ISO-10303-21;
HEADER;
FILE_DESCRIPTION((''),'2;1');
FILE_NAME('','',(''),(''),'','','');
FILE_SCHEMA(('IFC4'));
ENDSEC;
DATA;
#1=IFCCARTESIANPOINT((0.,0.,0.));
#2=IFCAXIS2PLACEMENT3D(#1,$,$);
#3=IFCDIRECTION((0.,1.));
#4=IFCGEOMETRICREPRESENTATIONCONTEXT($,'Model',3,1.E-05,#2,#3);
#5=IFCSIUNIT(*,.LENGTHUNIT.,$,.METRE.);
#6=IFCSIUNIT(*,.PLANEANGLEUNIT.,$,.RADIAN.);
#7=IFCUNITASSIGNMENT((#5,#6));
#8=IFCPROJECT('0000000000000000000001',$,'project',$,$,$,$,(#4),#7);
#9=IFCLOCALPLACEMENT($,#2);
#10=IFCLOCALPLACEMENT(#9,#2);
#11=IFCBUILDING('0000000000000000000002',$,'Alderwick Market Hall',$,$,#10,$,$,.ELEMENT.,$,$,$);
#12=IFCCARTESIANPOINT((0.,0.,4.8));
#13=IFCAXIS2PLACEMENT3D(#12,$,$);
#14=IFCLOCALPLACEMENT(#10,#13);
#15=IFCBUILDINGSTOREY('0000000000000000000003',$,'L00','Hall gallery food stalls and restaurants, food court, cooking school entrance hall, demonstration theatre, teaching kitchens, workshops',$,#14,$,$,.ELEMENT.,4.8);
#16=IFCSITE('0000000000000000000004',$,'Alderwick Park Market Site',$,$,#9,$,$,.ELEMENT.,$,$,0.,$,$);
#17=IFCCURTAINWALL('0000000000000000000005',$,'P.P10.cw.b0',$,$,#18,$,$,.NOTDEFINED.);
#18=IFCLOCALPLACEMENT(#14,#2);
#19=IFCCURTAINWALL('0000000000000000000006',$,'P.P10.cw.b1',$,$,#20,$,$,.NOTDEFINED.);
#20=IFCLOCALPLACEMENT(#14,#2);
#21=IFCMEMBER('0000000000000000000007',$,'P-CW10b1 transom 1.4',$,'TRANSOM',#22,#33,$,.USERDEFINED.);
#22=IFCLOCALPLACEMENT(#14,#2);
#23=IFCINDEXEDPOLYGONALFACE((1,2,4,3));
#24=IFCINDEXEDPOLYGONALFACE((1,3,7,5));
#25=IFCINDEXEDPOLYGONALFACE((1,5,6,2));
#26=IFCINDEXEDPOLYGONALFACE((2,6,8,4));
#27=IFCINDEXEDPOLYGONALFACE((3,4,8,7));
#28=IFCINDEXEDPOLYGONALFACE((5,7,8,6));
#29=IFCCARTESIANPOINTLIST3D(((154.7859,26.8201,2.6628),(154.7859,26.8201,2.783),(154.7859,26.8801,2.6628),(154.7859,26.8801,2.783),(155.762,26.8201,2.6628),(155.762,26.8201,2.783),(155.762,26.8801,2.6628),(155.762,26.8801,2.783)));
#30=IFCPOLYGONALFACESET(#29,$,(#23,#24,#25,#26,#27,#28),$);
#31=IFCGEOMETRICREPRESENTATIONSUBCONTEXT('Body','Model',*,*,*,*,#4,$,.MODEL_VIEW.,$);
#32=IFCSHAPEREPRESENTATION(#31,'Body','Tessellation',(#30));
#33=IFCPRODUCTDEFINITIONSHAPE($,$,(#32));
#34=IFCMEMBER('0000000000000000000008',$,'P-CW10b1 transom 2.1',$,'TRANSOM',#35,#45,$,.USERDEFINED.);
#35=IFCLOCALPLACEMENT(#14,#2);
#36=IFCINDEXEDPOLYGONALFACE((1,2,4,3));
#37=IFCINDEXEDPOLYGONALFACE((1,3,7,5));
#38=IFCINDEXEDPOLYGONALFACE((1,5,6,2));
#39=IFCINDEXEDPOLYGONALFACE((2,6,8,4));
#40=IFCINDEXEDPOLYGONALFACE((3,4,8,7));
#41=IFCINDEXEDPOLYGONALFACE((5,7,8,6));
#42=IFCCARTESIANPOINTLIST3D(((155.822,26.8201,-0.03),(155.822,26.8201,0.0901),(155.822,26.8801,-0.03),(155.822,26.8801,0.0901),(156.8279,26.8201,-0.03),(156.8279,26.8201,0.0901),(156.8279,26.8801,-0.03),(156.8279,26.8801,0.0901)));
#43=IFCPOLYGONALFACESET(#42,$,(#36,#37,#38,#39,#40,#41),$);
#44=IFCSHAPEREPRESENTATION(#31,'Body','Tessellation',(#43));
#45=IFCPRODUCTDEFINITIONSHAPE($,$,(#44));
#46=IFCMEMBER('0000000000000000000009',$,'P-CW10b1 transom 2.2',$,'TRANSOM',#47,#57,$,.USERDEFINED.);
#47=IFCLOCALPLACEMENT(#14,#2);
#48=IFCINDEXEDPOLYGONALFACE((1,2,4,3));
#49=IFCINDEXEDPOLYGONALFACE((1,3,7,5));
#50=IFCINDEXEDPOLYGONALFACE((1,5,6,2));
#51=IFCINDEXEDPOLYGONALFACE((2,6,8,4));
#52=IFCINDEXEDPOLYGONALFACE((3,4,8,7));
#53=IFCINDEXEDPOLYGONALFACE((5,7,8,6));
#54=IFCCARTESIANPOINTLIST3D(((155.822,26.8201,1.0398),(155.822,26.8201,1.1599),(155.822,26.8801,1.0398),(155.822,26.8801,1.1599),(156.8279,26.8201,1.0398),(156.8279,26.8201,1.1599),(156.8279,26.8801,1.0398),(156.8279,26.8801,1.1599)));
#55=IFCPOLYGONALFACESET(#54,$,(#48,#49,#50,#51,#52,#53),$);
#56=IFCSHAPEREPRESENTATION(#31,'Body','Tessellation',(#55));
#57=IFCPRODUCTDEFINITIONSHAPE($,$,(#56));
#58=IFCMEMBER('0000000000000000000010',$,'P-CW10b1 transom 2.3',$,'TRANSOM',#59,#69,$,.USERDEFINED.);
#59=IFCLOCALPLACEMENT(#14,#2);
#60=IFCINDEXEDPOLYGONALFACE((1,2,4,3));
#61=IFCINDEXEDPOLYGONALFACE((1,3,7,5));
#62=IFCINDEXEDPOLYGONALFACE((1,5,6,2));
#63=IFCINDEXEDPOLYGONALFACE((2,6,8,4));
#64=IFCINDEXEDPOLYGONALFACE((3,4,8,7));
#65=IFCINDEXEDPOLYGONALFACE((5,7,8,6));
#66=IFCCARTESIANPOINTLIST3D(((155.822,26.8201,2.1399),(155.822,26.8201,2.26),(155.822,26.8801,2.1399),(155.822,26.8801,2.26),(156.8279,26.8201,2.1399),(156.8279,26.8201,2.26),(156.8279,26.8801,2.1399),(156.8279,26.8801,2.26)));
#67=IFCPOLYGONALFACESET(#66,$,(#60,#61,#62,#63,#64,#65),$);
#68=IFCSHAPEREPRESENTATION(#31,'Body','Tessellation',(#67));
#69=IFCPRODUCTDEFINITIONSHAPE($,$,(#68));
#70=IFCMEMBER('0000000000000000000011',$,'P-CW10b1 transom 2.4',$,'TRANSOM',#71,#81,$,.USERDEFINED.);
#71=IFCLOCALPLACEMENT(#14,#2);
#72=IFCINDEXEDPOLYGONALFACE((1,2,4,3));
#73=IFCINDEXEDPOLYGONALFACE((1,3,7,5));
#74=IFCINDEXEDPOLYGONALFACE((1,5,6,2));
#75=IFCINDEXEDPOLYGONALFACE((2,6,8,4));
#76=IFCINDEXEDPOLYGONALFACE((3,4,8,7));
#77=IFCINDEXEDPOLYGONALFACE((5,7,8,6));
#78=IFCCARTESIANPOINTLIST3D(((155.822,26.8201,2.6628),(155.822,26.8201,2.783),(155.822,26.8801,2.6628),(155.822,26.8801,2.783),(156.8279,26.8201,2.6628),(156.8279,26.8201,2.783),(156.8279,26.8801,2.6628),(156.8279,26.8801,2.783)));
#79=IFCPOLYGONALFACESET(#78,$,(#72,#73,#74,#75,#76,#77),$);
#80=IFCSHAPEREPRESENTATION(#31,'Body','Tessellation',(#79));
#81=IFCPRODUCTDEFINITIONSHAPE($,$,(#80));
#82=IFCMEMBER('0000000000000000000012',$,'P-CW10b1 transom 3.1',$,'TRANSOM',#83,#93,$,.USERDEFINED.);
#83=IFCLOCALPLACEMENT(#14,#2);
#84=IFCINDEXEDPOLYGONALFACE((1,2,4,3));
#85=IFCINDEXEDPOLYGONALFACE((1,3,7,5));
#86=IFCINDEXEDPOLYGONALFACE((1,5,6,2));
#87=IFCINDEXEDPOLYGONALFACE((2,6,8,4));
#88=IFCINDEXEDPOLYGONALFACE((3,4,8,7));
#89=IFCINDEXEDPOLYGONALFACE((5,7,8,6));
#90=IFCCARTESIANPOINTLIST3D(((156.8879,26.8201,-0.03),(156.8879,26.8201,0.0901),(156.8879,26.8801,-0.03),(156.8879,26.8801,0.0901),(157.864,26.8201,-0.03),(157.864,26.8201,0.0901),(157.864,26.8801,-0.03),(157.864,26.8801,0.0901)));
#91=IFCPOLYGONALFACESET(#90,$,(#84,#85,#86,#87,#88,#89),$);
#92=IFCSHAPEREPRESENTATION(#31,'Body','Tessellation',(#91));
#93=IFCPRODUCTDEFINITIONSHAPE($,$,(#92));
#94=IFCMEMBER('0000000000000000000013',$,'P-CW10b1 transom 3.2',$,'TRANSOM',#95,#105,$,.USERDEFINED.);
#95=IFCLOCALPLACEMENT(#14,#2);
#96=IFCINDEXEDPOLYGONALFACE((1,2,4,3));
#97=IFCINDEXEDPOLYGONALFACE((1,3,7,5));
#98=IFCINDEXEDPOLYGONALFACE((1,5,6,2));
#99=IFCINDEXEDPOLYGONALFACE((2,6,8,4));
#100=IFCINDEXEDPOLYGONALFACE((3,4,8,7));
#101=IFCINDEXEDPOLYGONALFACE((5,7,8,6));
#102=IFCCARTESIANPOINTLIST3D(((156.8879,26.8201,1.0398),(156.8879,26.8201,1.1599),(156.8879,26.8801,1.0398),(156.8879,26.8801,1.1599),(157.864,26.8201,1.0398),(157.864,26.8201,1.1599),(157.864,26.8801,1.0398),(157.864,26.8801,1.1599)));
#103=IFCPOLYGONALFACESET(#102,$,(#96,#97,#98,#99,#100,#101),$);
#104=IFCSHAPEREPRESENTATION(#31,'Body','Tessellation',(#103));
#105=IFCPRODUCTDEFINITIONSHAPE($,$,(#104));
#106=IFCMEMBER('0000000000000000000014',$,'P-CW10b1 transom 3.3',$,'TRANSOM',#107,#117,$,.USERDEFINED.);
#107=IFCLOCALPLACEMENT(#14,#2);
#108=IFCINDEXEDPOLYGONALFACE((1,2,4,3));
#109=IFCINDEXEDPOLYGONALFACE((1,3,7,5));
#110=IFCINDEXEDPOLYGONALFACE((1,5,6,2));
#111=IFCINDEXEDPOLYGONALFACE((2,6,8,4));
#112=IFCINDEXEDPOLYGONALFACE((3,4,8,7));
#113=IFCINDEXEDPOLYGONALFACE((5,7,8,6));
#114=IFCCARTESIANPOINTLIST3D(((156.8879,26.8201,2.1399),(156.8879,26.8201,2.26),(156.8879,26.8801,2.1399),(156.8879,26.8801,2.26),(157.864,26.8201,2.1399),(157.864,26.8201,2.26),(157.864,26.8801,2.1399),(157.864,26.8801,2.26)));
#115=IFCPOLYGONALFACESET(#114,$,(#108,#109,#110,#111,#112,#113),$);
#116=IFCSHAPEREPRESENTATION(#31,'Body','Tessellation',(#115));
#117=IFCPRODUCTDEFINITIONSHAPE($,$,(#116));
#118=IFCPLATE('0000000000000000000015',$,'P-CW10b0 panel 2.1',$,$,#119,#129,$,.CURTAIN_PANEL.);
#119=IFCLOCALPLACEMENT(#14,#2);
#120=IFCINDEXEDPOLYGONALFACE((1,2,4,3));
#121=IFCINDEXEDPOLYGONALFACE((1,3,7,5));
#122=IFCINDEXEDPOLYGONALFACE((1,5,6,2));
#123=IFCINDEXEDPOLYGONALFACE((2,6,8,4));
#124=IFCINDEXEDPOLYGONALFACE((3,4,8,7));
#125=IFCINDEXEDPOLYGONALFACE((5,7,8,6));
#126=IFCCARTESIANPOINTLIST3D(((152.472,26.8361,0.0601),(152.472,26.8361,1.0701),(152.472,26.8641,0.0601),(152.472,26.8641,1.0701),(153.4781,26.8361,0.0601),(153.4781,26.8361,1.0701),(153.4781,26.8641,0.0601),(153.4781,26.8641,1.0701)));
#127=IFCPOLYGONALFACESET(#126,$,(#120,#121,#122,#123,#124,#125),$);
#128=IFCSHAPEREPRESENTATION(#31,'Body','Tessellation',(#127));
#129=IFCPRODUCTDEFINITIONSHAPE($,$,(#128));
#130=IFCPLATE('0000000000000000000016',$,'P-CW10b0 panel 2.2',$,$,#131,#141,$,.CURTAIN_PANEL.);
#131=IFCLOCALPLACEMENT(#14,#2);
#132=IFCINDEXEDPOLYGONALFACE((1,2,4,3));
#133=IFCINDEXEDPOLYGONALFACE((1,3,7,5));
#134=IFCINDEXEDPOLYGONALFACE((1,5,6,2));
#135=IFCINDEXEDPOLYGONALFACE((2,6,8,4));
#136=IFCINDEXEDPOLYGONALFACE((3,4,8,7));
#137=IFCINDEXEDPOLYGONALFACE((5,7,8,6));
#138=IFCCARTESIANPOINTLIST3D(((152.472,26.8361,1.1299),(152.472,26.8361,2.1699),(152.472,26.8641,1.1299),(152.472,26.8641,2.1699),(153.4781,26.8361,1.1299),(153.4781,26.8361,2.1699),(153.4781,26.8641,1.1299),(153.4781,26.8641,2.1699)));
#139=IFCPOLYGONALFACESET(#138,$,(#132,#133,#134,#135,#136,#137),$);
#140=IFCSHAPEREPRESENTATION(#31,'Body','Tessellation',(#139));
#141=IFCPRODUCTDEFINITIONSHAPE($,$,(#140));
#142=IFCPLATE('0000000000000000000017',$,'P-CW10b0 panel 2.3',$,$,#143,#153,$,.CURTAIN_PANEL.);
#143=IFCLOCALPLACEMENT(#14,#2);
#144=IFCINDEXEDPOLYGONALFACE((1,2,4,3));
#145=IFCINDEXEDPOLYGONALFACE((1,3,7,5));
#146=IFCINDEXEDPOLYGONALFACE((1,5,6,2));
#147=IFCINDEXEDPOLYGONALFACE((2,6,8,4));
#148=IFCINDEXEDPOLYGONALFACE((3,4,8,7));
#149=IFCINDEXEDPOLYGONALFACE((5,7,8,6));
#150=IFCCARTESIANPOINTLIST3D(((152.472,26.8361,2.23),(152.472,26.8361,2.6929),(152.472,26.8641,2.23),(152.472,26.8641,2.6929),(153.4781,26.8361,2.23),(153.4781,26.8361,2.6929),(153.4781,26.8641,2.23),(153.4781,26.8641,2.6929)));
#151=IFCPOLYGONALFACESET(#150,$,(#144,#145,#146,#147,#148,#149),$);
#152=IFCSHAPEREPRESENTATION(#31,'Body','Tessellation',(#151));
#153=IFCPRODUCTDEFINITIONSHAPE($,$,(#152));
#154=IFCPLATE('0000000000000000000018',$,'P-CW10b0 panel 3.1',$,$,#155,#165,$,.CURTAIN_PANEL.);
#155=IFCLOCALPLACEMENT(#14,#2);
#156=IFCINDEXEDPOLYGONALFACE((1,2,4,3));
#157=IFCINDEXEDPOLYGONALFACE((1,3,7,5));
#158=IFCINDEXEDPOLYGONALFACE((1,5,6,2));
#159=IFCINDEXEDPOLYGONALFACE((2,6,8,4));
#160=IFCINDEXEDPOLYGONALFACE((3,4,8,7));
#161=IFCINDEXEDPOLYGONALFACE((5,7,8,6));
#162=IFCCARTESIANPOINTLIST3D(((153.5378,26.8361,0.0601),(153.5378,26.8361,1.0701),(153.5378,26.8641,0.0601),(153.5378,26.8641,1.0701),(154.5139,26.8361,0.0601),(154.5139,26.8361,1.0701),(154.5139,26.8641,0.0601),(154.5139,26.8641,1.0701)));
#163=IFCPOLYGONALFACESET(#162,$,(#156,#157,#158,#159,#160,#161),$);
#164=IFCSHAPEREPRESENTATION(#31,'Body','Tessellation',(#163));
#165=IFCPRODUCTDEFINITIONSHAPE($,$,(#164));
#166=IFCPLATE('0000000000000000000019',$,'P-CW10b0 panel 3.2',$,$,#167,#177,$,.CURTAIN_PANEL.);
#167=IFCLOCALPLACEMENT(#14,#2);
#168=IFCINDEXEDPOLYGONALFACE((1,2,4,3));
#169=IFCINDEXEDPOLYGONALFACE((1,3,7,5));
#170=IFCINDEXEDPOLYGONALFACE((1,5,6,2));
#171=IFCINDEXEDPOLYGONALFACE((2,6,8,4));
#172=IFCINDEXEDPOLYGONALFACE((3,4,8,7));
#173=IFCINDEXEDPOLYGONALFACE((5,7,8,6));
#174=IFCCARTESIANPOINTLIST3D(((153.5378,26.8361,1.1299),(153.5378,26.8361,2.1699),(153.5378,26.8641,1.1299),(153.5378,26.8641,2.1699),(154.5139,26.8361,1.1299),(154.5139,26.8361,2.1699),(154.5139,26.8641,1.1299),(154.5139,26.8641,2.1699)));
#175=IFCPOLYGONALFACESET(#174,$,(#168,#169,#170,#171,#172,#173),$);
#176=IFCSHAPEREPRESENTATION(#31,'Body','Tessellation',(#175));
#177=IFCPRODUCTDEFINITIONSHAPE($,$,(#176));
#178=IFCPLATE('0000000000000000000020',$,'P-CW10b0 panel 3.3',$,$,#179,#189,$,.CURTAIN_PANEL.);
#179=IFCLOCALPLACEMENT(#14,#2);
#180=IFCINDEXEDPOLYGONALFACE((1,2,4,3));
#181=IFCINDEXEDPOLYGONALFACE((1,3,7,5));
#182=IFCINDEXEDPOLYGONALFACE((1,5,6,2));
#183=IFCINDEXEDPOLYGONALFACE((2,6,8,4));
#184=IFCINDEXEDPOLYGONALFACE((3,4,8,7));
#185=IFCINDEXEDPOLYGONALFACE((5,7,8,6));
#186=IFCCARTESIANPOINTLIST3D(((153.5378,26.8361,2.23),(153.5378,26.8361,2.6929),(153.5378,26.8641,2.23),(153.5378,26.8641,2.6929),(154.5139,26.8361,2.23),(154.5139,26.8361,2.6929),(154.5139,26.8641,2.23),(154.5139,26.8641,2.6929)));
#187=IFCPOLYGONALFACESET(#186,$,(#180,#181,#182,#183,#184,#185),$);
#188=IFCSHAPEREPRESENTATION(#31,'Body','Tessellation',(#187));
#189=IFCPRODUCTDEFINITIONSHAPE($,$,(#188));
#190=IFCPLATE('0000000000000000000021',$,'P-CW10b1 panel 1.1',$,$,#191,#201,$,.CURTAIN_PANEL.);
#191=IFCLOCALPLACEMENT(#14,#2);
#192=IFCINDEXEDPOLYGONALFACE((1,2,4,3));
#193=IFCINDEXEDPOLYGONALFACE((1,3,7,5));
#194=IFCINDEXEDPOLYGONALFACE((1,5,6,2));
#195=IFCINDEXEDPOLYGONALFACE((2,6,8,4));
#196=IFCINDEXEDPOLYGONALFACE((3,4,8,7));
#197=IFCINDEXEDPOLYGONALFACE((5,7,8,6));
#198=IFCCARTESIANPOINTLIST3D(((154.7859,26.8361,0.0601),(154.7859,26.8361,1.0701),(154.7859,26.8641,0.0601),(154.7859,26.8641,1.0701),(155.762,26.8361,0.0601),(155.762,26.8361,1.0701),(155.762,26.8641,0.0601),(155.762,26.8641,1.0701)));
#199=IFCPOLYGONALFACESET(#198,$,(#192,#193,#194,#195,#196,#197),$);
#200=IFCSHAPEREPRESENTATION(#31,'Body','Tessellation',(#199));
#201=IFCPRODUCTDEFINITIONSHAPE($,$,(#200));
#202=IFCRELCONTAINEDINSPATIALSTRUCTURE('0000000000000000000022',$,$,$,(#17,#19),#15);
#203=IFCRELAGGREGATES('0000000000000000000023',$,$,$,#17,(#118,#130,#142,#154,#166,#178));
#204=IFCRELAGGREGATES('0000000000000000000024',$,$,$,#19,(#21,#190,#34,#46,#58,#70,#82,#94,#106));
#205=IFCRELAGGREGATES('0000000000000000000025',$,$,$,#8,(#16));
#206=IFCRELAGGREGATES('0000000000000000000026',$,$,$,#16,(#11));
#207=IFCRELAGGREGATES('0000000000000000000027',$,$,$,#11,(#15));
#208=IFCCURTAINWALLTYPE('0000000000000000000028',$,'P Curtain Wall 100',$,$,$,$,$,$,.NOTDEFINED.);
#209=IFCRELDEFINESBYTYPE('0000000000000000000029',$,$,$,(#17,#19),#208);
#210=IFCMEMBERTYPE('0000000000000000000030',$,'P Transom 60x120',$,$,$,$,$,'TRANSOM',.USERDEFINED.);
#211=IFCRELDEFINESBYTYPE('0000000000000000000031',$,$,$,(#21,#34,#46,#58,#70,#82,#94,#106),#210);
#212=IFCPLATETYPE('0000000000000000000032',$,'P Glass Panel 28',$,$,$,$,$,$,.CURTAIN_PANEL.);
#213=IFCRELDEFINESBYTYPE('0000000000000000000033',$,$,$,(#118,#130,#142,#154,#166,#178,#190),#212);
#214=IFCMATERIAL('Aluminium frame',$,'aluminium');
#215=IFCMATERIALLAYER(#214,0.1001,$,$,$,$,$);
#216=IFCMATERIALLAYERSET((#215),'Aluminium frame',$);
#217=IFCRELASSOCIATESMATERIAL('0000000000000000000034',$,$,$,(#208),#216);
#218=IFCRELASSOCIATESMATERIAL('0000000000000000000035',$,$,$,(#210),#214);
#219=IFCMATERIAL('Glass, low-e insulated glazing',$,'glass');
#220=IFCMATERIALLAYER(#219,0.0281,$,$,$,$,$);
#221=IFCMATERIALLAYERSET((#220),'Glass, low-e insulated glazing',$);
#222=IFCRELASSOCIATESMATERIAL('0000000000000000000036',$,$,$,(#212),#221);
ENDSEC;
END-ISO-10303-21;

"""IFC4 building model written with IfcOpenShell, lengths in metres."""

from ifc_helpers import new_model, si_unit, direction, frame, origin, origin_2d, place, context, subcontext, project, spatial, rectangle, extrude, material, layer, layer_set, material_profile, profile_set, type_object, element, aggregate, save


model = new_model("IFC4")

# Units and contexts
model_context = context("Model", 3, precision=1e-05, world=origin(), true_north=direction((0.0, 1.0)))
body_context = subcontext(model_context, "Body", "Model", "MODEL_VIEW")
ifc_project = project(units=[si_unit("LENGTHUNIT", "METRE"), si_unit("PLANEANGLEUNIT", "RADIAN")], contexts=[model_context])

# Site, building, storey
site_placement = place(None, origin())
site = spatial("IfcSite", under=ifc_project, at=site_placement, Name="Alderwick Park Market Site", CompositionType="ELEMENT", RefElevation=0.0)
building_placement = place(site_placement, origin())
building = spatial("IfcBuilding", under=site, at=building_placement, Name="Alderwick Market Hall", CompositionType="ELEMENT")
storey_placement = place(building_placement, frame((0.0, 0.0, 4.8)))
storey = spatial("IfcBuildingStorey", under=building, at=storey_placement, Name="L00", Description="Hall gallery food stalls and restaurants, food court, cooking school entrance hall, demonstration theatre, teaching kitchens, workshops", CompositionType="ELEMENT", Elevation=4.8)

# Curtain walls
ifc_material_1 = material(Name="Aluminium frame", Category="aluminium")
ifc_layer_1 = layer(ifc_material_1, 0.1001)
ifc_layer_set_1 = layer_set([ifc_layer_1], Name="Aluminium frame")
curtain_wall_type = type_object("IfcCurtainWallType", Name="P Curtain Wall 100", PredefinedType="NOTDEFINED", material=ifc_layer_set_1)
curtain_wall_1_placement = place(storey_placement, origin())
curtain_wall_1 = element("IfcCurtainWall", 1, at=curtain_wall_1_placement, inside=storey, type_object=curtain_wall_type, Name="P.P10.cw.b0", PredefinedType="NOTDEFINED")
curtain_wall_2_placement = place(storey_placement, origin())
curtain_wall_2 = element("IfcCurtainWall", 2, at=curtain_wall_2_placement, inside=storey, type_object=curtain_wall_type, Name="P.P10.cw.b1", PredefinedType="NOTDEFINED")

# Members
ifc_material_profile_1 = material_profile(ifc_material_1, rectangle(XDim=0.0601, YDim=0.1201, at=origin_2d()), Name="P Transom 60x120")
ifc_profile_set_1 = profile_set([ifc_material_profile_1], Name="Aluminium frame")
member_type_1 = type_object("IfcMemberType", Name="P Transom 60x120", ElementType="TRANSOM", PredefinedType="USERDEFINED", material=ifc_profile_set_1)
member_1_placement = place(storey_placement, frame((154.7859, 26.8501, 2.7229), z_axis=(1.0, 0.0, 0.0), x_axis=(0.0, 1.0, 0.0)))
member_1 = element("IfcMember", 3, at=member_1_placement, type_object=member_type_1, Name="P-CW10b1 transom 1.4", ObjectType="TRANSOM", PredefinedType="USERDEFINED", context=body_context, shape_type="SweptSolid", body=[
    extrude(rectangle(XDim=0.0601, YDim=0.1201, at=origin_2d()), origin(), (0.0, 0.0, 1.0), 0.9761),
])
member_2_placement = place(storey_placement, frame((155.822, 26.8501, 0.03), z_axis=(1.0, 0.0, 0.0), x_axis=(0.0, 1.0, 0.0)))
member_2 = element("IfcMember", 4, at=member_2_placement, type_object=member_type_1, Name="P-CW10b1 transom 2.1", ObjectType="TRANSOM", PredefinedType="USERDEFINED", context=body_context, shape_type="SweptSolid", body=[
    extrude(rectangle(XDim=0.0601, YDim=0.1201, at=origin_2d()), origin(), (0.0, 0.0, 1.0), 1.0059),
])
member_3_placement = place(storey_placement, frame((155.822, 26.8501, 1.0999), z_axis=(1.0, 0.0, 0.0), x_axis=(0.0, 1.0, 0.0)))
member_3 = element("IfcMember", 5, at=member_3_placement, type_object=member_type_1, Name="P-CW10b1 transom 2.2", ObjectType="TRANSOM", PredefinedType="USERDEFINED", context=body_context, shape_type="SweptSolid", body=[
    extrude(rectangle(XDim=0.0601, YDim=0.1201, at=origin_2d()), origin(), (0.0, 0.0, 1.0), 1.0059),
])
member_4_placement = place(storey_placement, frame((155.822, 26.8501, 2.2), z_axis=(1.0, 0.0, 0.0), x_axis=(0.0, 1.0, 0.0)))
member_4 = element("IfcMember", 6, at=member_4_placement, type_object=member_type_1, Name="P-CW10b1 transom 2.3", ObjectType="TRANSOM", PredefinedType="USERDEFINED", context=body_context, shape_type="SweptSolid", body=[
    extrude(rectangle(XDim=0.0601, YDim=0.1201, at=origin_2d()), origin(), (0.0, 0.0, 1.0), 1.0059),
])
member_5_placement = place(storey_placement, frame((155.822, 26.8501, 2.7229), z_axis=(1.0, 0.0, 0.0), x_axis=(0.0, 1.0, 0.0)))
member_5 = element("IfcMember", 7, at=member_5_placement, type_object=member_type_1, Name="P-CW10b1 transom 2.4", ObjectType="TRANSOM", PredefinedType="USERDEFINED", context=body_context, shape_type="SweptSolid", body=[
    extrude(rectangle(XDim=0.0601, YDim=0.1201, at=origin_2d()), origin(), (0.0, 0.0, 1.0), 1.0059),
])
member_6_placement = place(storey_placement, frame((156.8879, 26.8501, 0.03), z_axis=(1.0, 0.0, 0.0), x_axis=(0.0, 1.0, 0.0)))
member_6 = element("IfcMember", 8, at=member_6_placement, type_object=member_type_1, Name="P-CW10b1 transom 3.1", ObjectType="TRANSOM", PredefinedType="USERDEFINED", context=body_context, shape_type="SweptSolid", body=[
    extrude(rectangle(XDim=0.0601, YDim=0.1201, at=origin_2d()), origin(), (0.0, 0.0, 1.0), 0.9761),
])
member_7_placement = place(storey_placement, frame((156.8879, 26.8501, 1.0999), z_axis=(1.0, 0.0, 0.0), x_axis=(0.0, 1.0, 0.0)))
member_7 = element("IfcMember", 9, at=member_7_placement, type_object=member_type_1, Name="P-CW10b1 transom 3.2", ObjectType="TRANSOM", PredefinedType="USERDEFINED", context=body_context, shape_type="SweptSolid", body=[
    extrude(rectangle(XDim=0.0601, YDim=0.1201, at=origin_2d()), origin(), (0.0, 0.0, 1.0), 0.9761),
])
member_8_placement = place(storey_placement, frame((156.8879, 26.8501, 2.2), z_axis=(1.0, 0.0, 0.0), x_axis=(0.0, 1.0, 0.0)))
member_8 = element("IfcMember", 10, at=member_8_placement, type_object=member_type_1, Name="P-CW10b1 transom 3.3", ObjectType="TRANSOM", PredefinedType="USERDEFINED", context=body_context, shape_type="SweptSolid", body=[
    extrude(rectangle(XDim=0.0601, YDim=0.1201, at=origin_2d()), origin(), (0.0, 0.0, 1.0), 0.9761),
])

# Plates
ifc_material_2 = material(Name="Glass, low-e insulated glazing", Category="glass")
ifc_layer_2 = layer(ifc_material_2, 0.0281)
ifc_layer_set_2 = layer_set([ifc_layer_2], Name="Glass, low-e insulated glazing")
plate_type = type_object("IfcPlateType", Name="P Glass Panel 28", PredefinedType="CURTAIN_PANEL", material=ifc_layer_set_2)
plate_1_placement = place(storey_placement, frame((152.9751, 26.8501, 0.0601), z_axis=(0.0, 0.0, 1.0), x_axis=(1.0, 0.0, 0.0)))
plate_1 = element("IfcPlate", 11, at=plate_1_placement, type_object=plate_type, Name="P-CW10b0 panel 2.1", PredefinedType="CURTAIN_PANEL", context=body_context, shape_type="SweptSolid", body=[
    extrude(rectangle(XDim=1.0061, YDim=0.0281, at=origin_2d()), origin(), (0.0, 0.0, 1.0), 1.01),
])
plate_2_placement = place(storey_placement, frame((152.9751, 26.8501, 1.1299), z_axis=(0.0, 0.0, 1.0), x_axis=(1.0, 0.0, 0.0)))
plate_2 = element("IfcPlate", 12, at=plate_2_placement, type_object=plate_type, Name="P-CW10b0 panel 2.2", PredefinedType="CURTAIN_PANEL", context=body_context, shape_type="SweptSolid", body=[
    extrude(rectangle(XDim=1.0061, YDim=0.0281, at=origin_2d()), origin(), (0.0, 0.0, 1.0), 1.04),
])
plate_3_placement = place(storey_placement, frame((152.9751, 26.8501, 2.23), z_axis=(0.0, 0.0, 1.0), x_axis=(1.0, 0.0, 0.0)))
plate_3 = element("IfcPlate", 13, at=plate_3_placement, type_object=plate_type, Name="P-CW10b0 panel 2.3", PredefinedType="CURTAIN_PANEL", context=body_context, shape_type="SweptSolid", body=[
    extrude(rectangle(XDim=1.0061, YDim=0.0281, at=origin_2d()), origin(), (0.0, 0.0, 1.0), 0.4629),
])
plate_4_placement = place(storey_placement, frame((154.0259, 26.8501, 0.0601), z_axis=(0.0, 0.0, 1.0), x_axis=(1.0, 0.0, 0.0)))
plate_4 = element("IfcPlate", 14, at=plate_4_placement, type_object=plate_type, Name="P-CW10b0 panel 3.1", PredefinedType="CURTAIN_PANEL", context=body_context, shape_type="SweptSolid", body=[
    extrude(rectangle(XDim=0.9761, YDim=0.0281, at=origin_2d()), origin(), (0.0, 0.0, 1.0), 1.01),
])
plate_5_placement = place(storey_placement, frame((154.0259, 26.8501, 1.1299), z_axis=(0.0, 0.0, 1.0), x_axis=(1.0, 0.0, 0.0)))
plate_5 = element("IfcPlate", 15, at=plate_5_placement, type_object=plate_type, Name="P-CW10b0 panel 3.2", PredefinedType="CURTAIN_PANEL", context=body_context, shape_type="SweptSolid", body=[
    extrude(rectangle(XDim=0.9761, YDim=0.0281, at=origin_2d()), origin(), (0.0, 0.0, 1.0), 1.04),
])
plate_6_placement = place(storey_placement, frame((154.0259, 26.8501, 2.23), z_axis=(0.0, 0.0, 1.0), x_axis=(1.0, 0.0, 0.0)))
plate_6 = element("IfcPlate", 16, at=plate_6_placement, type_object=plate_type, Name="P-CW10b0 panel 3.3", PredefinedType="CURTAIN_PANEL", context=body_context, shape_type="SweptSolid", body=[
    extrude(rectangle(XDim=0.9761, YDim=0.0281, at=origin_2d()), origin(), (0.0, 0.0, 1.0), 0.4629),
])
aggregate(curtain_wall_1, [plate_1, plate_2, plate_3, plate_4, plate_5, plate_6])
plate_7_placement = place(storey_placement, frame((155.2739, 26.8501, 0.0601), z_axis=(0.0, 0.0, 1.0), x_axis=(1.0, 0.0, 0.0)))
plate_7 = element("IfcPlate", 17, at=plate_7_placement, type_object=plate_type, Name="P-CW10b1 panel 1.1", PredefinedType="CURTAIN_PANEL", context=body_context, shape_type="SweptSolid", body=[
    extrude(rectangle(XDim=0.9761, YDim=0.0281, at=origin_2d()), origin(), (0.0, 0.0, 1.0), 1.01),
])
aggregate(curtain_wall_2, [member_1, plate_7, member_2, member_3, member_4, member_5, member_6, member_7, member_8])

save(model, "model.ifc")
